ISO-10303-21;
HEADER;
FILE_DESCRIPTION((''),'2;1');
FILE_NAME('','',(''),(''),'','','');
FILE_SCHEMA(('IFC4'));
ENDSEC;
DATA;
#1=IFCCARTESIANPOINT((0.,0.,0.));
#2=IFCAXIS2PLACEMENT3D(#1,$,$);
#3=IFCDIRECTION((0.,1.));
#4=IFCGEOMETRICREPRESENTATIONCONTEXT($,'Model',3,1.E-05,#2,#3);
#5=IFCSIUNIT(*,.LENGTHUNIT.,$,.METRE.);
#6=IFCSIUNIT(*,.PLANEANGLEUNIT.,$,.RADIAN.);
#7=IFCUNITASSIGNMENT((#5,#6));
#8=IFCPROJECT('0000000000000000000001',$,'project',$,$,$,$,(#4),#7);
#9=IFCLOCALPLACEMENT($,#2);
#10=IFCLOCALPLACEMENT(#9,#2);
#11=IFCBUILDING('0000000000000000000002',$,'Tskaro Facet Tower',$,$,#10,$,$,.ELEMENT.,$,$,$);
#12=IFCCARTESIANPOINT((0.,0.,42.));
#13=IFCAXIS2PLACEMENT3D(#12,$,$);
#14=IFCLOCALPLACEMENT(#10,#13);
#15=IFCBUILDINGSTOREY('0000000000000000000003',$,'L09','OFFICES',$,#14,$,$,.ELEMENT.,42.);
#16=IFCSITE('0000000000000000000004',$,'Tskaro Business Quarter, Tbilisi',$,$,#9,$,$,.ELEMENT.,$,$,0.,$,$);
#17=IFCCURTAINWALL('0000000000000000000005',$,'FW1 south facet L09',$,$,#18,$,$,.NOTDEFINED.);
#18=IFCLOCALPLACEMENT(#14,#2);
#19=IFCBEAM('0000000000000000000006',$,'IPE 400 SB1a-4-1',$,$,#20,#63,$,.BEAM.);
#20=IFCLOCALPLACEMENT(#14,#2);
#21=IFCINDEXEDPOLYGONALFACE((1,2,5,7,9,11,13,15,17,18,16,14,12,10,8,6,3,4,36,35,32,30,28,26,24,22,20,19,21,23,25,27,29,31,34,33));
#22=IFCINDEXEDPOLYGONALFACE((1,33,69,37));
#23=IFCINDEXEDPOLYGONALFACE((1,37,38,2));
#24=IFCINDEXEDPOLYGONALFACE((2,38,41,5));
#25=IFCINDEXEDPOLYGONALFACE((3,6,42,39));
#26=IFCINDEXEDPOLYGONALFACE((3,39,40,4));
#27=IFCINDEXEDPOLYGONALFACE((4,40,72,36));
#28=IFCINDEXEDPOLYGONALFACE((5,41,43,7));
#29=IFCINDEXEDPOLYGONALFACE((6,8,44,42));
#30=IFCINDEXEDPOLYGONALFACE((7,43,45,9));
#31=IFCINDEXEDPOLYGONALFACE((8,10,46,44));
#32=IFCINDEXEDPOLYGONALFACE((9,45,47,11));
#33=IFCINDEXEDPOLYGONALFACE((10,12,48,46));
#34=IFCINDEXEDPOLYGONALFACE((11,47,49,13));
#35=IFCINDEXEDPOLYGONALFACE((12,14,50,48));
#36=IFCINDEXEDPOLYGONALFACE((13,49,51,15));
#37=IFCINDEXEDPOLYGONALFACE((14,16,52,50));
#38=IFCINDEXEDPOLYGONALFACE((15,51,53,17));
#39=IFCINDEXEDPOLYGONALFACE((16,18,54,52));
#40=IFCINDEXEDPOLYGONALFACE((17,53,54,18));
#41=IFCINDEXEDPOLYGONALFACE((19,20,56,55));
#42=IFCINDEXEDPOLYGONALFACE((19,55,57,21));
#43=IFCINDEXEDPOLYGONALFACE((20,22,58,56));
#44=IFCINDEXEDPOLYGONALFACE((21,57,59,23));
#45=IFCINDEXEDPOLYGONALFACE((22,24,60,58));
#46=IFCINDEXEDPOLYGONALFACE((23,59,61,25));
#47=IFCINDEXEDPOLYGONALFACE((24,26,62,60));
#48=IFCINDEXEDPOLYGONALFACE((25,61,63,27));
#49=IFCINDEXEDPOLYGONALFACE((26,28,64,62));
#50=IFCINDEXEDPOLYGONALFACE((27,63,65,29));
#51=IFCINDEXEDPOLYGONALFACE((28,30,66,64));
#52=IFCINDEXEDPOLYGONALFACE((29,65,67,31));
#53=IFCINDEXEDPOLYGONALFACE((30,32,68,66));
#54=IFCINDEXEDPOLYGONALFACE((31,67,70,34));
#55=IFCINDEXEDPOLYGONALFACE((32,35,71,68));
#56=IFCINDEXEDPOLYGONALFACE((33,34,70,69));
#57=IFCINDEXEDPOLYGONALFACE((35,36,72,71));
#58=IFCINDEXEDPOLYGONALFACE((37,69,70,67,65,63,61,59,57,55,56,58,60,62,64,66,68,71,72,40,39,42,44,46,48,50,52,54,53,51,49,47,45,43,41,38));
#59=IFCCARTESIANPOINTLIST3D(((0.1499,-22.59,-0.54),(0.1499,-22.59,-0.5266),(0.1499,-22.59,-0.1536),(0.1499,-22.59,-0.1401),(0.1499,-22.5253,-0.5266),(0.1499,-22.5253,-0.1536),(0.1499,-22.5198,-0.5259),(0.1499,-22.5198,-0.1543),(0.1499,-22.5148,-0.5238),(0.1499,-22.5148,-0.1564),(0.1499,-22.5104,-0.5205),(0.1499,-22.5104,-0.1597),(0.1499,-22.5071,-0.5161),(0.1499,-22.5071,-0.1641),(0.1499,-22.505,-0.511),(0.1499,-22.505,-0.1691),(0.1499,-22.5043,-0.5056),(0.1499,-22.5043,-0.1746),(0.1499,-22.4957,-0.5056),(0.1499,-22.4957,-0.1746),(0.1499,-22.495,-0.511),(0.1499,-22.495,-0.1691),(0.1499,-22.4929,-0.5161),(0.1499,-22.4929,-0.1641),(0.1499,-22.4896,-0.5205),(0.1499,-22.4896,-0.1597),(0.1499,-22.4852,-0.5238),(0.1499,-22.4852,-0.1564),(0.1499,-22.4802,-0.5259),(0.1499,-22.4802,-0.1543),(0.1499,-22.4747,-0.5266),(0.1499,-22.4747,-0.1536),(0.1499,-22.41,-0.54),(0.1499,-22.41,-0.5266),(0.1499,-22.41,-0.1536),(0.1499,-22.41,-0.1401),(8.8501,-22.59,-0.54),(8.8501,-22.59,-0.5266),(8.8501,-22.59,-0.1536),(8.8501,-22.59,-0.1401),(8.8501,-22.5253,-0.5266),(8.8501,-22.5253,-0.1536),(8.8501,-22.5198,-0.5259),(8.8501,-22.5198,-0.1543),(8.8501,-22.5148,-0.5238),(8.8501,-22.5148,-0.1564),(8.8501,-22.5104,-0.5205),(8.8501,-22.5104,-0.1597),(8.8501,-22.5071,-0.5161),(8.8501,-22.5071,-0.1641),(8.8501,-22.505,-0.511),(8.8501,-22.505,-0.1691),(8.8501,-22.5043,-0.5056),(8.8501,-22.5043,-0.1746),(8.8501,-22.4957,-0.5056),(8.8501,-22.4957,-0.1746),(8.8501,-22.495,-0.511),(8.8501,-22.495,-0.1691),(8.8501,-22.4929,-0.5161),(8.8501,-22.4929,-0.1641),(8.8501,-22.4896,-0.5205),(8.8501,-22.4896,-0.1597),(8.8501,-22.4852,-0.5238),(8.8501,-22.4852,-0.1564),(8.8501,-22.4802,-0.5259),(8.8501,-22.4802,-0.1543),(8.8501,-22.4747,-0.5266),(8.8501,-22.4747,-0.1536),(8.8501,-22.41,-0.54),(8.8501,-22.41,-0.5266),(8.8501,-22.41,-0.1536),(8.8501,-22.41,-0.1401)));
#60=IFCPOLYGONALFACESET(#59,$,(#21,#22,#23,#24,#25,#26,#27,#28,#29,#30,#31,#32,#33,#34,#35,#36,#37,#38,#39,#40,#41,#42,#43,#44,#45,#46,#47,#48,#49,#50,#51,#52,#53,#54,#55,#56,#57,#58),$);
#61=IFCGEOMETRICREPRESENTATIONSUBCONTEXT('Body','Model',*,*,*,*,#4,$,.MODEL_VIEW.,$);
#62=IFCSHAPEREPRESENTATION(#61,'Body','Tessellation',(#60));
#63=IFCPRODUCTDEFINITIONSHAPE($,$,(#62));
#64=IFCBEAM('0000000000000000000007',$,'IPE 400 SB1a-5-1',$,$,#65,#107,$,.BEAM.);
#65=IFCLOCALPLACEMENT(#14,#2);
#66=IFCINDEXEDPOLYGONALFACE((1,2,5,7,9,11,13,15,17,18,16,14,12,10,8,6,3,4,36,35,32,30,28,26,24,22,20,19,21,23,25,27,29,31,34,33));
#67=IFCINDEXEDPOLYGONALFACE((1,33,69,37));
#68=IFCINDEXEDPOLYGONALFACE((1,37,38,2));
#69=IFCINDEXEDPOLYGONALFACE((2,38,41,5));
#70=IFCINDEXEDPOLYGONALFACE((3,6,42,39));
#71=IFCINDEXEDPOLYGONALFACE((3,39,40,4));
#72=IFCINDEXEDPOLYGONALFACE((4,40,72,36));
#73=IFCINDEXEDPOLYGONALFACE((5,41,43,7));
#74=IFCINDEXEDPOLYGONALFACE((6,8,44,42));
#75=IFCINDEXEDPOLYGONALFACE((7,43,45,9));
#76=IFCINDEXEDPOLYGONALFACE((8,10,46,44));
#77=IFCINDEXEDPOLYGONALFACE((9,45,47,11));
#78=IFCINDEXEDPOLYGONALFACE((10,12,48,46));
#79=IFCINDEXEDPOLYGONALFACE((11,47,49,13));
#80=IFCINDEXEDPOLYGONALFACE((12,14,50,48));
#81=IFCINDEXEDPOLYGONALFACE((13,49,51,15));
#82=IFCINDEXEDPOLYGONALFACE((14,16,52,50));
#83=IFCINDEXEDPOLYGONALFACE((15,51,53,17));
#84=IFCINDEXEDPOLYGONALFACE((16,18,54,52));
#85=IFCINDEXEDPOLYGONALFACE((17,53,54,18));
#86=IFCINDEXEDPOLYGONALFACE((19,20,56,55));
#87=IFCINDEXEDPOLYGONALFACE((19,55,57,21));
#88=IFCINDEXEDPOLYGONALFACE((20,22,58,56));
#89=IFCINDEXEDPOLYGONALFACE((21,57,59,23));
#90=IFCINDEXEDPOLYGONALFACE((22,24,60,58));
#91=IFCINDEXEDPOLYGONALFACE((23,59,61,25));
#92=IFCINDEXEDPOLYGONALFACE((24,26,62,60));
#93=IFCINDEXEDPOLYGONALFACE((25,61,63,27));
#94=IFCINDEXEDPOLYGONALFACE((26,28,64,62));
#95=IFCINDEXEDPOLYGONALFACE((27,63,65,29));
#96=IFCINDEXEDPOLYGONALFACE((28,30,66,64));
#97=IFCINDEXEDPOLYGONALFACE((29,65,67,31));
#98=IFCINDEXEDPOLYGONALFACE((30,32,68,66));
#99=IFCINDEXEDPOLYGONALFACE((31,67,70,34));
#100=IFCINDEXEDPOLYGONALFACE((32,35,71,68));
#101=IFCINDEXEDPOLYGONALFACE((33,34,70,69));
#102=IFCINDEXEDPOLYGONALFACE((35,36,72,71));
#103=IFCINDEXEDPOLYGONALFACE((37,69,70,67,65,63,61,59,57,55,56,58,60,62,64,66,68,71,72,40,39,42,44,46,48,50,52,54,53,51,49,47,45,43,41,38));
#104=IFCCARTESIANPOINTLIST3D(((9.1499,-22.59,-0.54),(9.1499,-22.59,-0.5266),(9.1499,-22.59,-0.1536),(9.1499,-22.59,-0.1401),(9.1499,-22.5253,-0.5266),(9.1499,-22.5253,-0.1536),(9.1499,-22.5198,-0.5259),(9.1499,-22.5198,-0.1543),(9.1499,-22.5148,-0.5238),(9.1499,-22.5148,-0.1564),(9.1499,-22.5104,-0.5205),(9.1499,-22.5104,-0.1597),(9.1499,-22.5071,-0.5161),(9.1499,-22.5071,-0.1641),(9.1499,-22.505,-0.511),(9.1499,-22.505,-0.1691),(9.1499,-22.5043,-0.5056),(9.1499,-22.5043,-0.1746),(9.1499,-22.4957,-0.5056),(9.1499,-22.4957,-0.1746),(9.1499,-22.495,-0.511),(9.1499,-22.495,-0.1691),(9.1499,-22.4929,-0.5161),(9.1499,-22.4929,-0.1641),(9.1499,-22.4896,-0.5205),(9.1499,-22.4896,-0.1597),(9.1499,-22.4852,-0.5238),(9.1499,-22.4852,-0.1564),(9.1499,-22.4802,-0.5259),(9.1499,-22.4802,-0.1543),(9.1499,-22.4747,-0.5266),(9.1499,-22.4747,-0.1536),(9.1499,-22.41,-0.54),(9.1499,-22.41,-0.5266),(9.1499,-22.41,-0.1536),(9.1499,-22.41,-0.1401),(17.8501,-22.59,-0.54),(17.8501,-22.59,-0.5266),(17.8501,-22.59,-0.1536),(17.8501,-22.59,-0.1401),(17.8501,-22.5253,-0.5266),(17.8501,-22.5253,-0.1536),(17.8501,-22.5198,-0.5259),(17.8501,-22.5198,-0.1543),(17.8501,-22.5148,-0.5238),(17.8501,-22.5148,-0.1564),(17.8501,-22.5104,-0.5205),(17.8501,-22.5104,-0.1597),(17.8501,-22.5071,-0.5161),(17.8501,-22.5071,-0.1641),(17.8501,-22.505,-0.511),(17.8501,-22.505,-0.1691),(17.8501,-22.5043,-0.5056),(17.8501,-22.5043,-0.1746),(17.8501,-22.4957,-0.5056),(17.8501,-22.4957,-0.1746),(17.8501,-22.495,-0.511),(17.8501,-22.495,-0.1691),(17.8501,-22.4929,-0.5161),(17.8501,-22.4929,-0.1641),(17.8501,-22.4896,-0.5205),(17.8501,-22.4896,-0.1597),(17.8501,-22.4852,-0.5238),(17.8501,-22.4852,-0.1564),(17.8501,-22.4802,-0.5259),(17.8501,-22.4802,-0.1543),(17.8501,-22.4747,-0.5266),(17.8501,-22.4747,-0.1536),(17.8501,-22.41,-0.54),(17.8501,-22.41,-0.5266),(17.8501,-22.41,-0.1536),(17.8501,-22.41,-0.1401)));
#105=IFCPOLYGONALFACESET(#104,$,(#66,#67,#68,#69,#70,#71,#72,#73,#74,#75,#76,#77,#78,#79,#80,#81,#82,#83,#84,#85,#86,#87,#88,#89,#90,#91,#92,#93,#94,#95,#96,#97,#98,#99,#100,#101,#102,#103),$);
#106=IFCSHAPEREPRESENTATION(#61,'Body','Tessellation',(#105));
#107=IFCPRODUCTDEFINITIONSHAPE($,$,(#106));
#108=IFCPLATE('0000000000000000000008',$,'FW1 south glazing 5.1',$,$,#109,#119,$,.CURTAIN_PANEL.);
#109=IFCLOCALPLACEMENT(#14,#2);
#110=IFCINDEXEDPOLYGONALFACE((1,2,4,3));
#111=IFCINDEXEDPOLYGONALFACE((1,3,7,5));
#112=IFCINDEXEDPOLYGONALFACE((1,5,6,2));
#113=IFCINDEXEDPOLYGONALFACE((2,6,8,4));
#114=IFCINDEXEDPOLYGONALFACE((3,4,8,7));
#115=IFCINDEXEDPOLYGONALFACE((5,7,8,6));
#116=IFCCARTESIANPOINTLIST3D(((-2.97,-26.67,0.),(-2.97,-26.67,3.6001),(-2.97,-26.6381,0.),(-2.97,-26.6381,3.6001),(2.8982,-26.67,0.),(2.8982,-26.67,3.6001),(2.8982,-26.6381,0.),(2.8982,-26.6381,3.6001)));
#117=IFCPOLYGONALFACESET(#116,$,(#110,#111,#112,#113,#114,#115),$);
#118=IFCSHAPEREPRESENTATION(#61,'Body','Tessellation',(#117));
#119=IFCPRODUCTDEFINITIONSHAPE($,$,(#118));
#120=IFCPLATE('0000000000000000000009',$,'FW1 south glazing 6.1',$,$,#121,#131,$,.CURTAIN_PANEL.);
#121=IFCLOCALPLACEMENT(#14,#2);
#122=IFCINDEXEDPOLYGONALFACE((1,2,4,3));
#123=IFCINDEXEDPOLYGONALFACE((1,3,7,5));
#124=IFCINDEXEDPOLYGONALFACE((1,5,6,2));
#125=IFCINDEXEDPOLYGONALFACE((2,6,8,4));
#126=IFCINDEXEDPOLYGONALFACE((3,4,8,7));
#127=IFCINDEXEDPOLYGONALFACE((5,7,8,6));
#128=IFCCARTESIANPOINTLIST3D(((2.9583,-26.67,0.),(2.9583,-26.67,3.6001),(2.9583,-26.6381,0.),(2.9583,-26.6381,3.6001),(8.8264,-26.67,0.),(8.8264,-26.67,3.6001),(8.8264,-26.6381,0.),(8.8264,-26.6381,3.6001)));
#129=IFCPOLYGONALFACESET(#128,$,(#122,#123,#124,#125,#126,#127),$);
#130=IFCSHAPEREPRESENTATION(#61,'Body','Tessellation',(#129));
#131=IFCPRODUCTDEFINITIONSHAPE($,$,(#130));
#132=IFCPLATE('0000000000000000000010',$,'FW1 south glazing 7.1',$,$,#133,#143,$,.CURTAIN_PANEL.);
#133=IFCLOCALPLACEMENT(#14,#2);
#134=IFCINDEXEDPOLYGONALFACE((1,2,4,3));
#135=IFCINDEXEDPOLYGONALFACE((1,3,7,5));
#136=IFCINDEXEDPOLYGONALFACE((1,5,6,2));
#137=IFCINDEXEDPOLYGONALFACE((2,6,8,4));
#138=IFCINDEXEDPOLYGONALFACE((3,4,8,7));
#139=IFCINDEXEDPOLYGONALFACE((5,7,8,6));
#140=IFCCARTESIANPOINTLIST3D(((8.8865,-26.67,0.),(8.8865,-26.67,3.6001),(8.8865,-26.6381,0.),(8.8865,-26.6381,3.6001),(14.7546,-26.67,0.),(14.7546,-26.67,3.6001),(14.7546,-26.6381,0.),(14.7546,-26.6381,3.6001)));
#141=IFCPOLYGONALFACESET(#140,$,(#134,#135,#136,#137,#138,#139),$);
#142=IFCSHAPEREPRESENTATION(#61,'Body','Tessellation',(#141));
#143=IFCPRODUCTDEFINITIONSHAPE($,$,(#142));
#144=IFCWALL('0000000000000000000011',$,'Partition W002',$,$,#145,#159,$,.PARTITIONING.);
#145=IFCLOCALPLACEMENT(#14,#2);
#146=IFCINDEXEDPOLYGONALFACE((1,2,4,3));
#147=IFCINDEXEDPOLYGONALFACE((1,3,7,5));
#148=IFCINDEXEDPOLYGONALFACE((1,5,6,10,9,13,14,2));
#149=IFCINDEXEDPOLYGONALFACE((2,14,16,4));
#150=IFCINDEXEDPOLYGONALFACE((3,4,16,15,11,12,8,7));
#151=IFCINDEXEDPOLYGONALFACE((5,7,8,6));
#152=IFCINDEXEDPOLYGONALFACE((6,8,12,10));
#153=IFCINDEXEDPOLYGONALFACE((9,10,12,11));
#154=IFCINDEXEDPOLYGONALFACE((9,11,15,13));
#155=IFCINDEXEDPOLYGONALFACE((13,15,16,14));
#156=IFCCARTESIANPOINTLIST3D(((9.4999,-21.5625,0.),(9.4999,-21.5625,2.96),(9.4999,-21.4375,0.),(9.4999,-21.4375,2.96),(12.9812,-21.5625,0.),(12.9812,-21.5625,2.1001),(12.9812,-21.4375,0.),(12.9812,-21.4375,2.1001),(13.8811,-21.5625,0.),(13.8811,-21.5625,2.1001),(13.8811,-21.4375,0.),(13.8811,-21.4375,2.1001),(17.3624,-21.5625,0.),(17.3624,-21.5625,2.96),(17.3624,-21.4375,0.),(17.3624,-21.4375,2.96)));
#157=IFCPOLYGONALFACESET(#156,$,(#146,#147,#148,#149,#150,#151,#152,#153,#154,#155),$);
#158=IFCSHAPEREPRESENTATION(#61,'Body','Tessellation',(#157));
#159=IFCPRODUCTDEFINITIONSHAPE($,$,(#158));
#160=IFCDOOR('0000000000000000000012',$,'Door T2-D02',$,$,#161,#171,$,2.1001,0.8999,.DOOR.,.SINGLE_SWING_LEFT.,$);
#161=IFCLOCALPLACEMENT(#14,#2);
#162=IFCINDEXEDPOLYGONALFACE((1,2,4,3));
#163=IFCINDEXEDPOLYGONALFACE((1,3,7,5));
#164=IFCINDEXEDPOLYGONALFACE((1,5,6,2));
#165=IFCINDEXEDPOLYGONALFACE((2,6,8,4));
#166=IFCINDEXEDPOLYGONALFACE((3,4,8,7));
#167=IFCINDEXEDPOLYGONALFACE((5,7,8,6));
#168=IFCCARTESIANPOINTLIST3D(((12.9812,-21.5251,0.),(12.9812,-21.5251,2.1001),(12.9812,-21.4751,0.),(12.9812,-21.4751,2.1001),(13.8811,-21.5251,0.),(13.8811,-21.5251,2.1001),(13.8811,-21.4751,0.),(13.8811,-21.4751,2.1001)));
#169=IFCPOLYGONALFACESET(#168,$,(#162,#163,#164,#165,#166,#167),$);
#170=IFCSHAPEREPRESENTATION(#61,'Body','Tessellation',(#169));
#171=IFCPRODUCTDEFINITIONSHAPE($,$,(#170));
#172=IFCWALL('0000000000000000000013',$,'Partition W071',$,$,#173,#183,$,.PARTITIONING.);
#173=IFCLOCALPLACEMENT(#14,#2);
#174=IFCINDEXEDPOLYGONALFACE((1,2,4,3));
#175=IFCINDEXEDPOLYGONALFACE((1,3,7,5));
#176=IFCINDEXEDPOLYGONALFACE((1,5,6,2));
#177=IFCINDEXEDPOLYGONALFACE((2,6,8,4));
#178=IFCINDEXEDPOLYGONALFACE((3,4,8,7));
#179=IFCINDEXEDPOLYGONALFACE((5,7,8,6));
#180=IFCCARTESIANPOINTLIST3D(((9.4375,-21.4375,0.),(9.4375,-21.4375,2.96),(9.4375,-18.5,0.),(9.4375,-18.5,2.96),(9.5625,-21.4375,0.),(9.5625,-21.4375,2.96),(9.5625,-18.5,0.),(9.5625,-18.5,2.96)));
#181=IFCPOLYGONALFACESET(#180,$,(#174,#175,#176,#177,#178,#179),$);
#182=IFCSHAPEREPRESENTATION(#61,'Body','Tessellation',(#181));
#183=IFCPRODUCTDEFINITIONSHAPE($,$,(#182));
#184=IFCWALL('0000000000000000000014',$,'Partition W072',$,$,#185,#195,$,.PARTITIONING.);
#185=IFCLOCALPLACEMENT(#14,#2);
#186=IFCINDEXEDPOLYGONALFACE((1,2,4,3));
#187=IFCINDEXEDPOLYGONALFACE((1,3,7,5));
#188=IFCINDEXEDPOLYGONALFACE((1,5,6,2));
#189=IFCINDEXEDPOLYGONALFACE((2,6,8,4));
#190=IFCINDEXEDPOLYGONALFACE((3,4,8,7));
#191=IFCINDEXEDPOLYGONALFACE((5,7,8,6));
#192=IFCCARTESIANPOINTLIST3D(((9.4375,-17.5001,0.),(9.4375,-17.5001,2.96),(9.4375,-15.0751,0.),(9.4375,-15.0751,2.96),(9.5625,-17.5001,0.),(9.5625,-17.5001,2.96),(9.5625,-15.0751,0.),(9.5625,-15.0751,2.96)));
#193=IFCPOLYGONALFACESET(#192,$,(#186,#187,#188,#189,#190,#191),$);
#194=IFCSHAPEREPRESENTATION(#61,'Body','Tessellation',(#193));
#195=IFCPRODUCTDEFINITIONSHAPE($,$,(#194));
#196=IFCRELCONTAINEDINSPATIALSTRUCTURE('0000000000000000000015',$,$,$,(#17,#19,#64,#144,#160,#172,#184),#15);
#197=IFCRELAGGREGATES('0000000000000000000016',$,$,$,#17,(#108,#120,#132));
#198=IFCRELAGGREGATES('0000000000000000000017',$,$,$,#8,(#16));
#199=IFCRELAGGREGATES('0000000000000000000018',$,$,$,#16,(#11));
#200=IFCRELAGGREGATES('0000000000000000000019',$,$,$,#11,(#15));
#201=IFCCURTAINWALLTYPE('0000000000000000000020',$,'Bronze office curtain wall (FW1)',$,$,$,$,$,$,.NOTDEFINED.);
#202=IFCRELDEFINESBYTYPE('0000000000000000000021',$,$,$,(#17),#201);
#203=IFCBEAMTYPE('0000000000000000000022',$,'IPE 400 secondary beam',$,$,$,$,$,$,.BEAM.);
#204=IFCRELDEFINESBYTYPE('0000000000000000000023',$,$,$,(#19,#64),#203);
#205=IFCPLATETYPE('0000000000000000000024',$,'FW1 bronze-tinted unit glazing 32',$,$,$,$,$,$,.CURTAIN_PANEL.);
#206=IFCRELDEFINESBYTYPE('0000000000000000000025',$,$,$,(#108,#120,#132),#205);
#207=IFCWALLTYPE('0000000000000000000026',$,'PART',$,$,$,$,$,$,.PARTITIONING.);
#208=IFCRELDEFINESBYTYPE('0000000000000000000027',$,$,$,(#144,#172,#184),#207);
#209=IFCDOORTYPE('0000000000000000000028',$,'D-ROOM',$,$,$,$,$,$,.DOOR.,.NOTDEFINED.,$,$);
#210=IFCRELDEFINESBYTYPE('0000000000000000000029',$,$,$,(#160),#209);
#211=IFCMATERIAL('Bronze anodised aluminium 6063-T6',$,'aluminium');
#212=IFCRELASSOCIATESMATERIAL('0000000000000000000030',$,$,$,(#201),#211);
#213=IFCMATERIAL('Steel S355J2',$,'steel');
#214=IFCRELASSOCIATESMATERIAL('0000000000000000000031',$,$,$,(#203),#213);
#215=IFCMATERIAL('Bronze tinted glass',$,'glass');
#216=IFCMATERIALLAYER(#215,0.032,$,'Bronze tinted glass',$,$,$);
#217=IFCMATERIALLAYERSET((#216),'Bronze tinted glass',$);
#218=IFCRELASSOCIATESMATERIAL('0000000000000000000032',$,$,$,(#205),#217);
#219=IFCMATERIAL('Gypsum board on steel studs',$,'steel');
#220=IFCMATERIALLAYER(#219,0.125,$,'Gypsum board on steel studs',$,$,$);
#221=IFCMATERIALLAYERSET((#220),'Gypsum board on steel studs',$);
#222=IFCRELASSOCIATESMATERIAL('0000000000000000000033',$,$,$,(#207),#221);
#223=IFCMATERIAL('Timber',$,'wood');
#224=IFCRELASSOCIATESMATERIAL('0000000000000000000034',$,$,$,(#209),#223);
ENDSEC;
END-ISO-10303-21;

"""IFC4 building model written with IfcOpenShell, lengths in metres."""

from ifc_helpers import new_model, si_unit, direction, frame, frame_2d, origin, origin_2d, place, context, subcontext, project, spatial, rectangle, i_section, extrude, material, layer, layer_set, material_profile, profile_set, type_object, element, fill, aggregate, save


model = new_model("IFC4")

# Units and contexts
model_context = context("Model", 3, precision=1e-05, world=origin(), true_north=direction((0.0, 1.0)))
body_context = subcontext(model_context, "Body", "Model", "MODEL_VIEW")
ifc_project = project(units=[si_unit("LENGTHUNIT", "METRE"), si_unit("PLANEANGLEUNIT", "RADIAN")], contexts=[model_context])

# Site, building, storey
site_placement = place(None, origin())
site = spatial("IfcSite", under=ifc_project, at=site_placement, Name="Tskaro Business Quarter, Tbilisi", CompositionType="ELEMENT", RefElevation=0.0)
building_placement = place(site_placement, origin())
building = spatial("IfcBuilding", under=site, at=building_placement, Name="Tskaro Facet Tower", CompositionType="ELEMENT")
storey_placement = place(building_placement, frame((0.0, 0.0, 42.0)))
storey = spatial("IfcBuildingStorey", under=building, at=storey_placement, Name="L09", Description="OFFICES", CompositionType="ELEMENT", Elevation=42.0)

# Curtain wall
ifc_material_1 = material(Name="Bronze anodised aluminium 6063-T6", Category="aluminium")
curtain_wall_type = type_object("IfcCurtainWallType", Name="Bronze office curtain wall (FW1)", PredefinedType="NOTDEFINED", material=ifc_material_1)
curtain_wall_placement = place(storey_placement, origin())
curtain_wall = element("IfcCurtainWall", 1, at=curtain_wall_placement, inside=storey, type_object=curtain_wall_type, Name="FW1 south facet L09", PredefinedType="NOTDEFINED")

# Beams
ifc_material_2 = material(Name="Steel S355J2", Category="steel")
ifc_material_profile_1 = material_profile(ifc_material_2, i_section(OverallWidth=0.1799, OverallDepth=0.3999, WebThickness=0.0085, FlangeThickness=0.0134, FilletRadius=0.021, at=origin_2d()), Name="IPE 400")
ifc_profile_set_1 = profile_set([ifc_material_profile_1], Name="Steel S355J2")
beam_type_1 = type_object("IfcBeamType", Name="IPE 400 secondary beam", PredefinedType="BEAM", material=ifc_profile_set_1)
for number, where, z_axis, x_axis, name in (
    (2, (0.1499, -22.5, -0.3401), (1.0, 0.0, 0.0), (0.0, 1.0, 0.0), "IPE 400 SB1a-4-1"),
    (3, (9.1499, -22.5, -0.3401), (1.0, 0.0, 0.0), (0.0, 1.0, 0.0), "IPE 400 SB1a-5-1"),
):
    element("IfcBeam", number, at=place(storey_placement, frame(where, z_axis=z_axis, x_axis=x_axis)), inside=storey, type_object=beam_type_1, Name=name, PredefinedType="BEAM", context=body_context, shape_type="SweptSolid", body=[
        extrude(i_section(OverallWidth=0.1799, OverallDepth=0.3999, WebThickness=0.0085, FlangeThickness=0.0134, FilletRadius=0.021, at=origin_2d()), origin(), (0.0, 0.0, 1.0), 8.7002),
    ])

# Plates
ifc_material_3 = material(Name="Bronze tinted glass", Category="glass")
ifc_layer_1 = layer(ifc_material_3, 0.032, Name="Bronze tinted glass")
ifc_layer_set_1 = layer_set([ifc_layer_1], Name="Bronze tinted glass")
plate_type = type_object("IfcPlateType", Name="FW1 bronze-tinted unit glazing 32", PredefinedType="CURTAIN_PANEL", material=ifc_layer_set_1)
plate_1_placement = place(storey_placement, frame((-0.0359, -26.6541, 0.0), z_axis=(0.0, 0.0, 1.0), x_axis=(1.0, 0.0, 0.0)))
plate_1 = element("IfcPlate", 4, at=plate_1_placement, type_object=plate_type, Name="FW1 south glazing 5.1", PredefinedType="CURTAIN_PANEL", context=body_context, shape_type="SweptSolid", body=[
    extrude(rectangle(XDim=5.8682, YDim=0.032, at=origin_2d()), origin(), (0.0, 0.0, 1.0), 3.6001),
])
plate_2_placement = place(storey_placement, frame((5.8923, -26.6541, 0.0), z_axis=(0.0, 0.0, 1.0), x_axis=(1.0, 0.0, 0.0)))
plate_2 = element("IfcPlate", 5, at=plate_2_placement, type_object=plate_type, Name="FW1 south glazing 6.1", PredefinedType="CURTAIN_PANEL", context=body_context, shape_type="SweptSolid", body=[
    extrude(rectangle(XDim=5.8682, YDim=0.032, at=origin_2d()), origin(), (0.0, 0.0, 1.0), 3.6001),
])
plate_3_placement = place(storey_placement, frame((11.8206, -26.6541, 0.0), z_axis=(0.0, 0.0, 1.0), x_axis=(1.0, 0.0, 0.0)))
plate_3 = element("IfcPlate", 6, at=plate_3_placement, type_object=plate_type, Name="FW1 south glazing 7.1", PredefinedType="CURTAIN_PANEL", context=body_context, shape_type="SweptSolid", body=[
    extrude(rectangle(XDim=5.8682, YDim=0.032, at=origin_2d()), origin(), (0.0, 0.0, 1.0), 3.6001),
])
aggregate(curtain_wall, [plate_1, plate_2, plate_3])

# Wall, opening, door
ifc_material_4 = material(Name="Gypsum board on steel studs", Category="steel")
ifc_layer_2 = layer(ifc_material_4, 0.125, Name="Gypsum board on steel studs")
ifc_layer_set_2 = layer_set([ifc_layer_2], Name="Gypsum board on steel studs")
wall_type = type_object("IfcWallType", Name="PART", PredefinedType="PARTITIONING", material=ifc_layer_set_2)
wall_1_placement = place(storey_placement, frame((9.5, -21.5, 0.0), z_axis=(0.0, 0.0, 1.0), x_axis=(1.0, 0.0, 0.0)))
wall_1 = element("IfcWall", 7, at=wall_1_placement, inside=storey, type_object=wall_type, Name="Partition W002", PredefinedType="PARTITIONING", context=body_context, shape_type="SweptSolid", body=[
    extrude(rectangle(XDim=7.8625, YDim=0.125, at=frame_2d((3.9312, 0.0))), origin(), (0.0, 0.0, 1.0), 2.96),
])
opening_placement = place(wall_1_placement, frame((3.4812, 0.0, 0.0)))
opening = element("IfcOpeningElement", 8, at=opening_placement, cuts=wall_1, PredefinedType="OPENING", context=body_context, shape_type="SweptSolid", body=[
    extrude(rectangle(XDim=0.8999, YDim=2.1001, at=frame_2d((0.45, 1.05))), frame((0.0, 0.0725, 0.0), z_axis=(0.0, -1.0, 0.0), x_axis=(1.0, 0.0, 0.0)), (0.0, 0.0, 1.0), 0.145),
])
ifc_material_5 = material(Name="Timber", Category="wood")
door_type = type_object("IfcDoorType", Name="D-ROOM", OperationType="NOTDEFINED", PredefinedType="DOOR", material=ifc_material_5)
door_placement = place(opening_placement, origin())
door = element("IfcDoor", 9, at=door_placement, inside=storey, type_object=door_type, Name="Door T2-D02", OperationType="SINGLE_SWING_LEFT", OverallHeight=2.1001, OverallWidth=0.8999, PredefinedType="DOOR", context=body_context, shape_type="SweptSolid", body=[
    extrude(rectangle(XDim=0.8999, YDim=2.1001, at=frame_2d((0.45, 1.05))), frame((0.0, 0.0249, 0.0), z_axis=(0.0, -1.0, 0.0), x_axis=(1.0, 0.0, 0.0)), (0.0, 0.0, 1.0), 0.05),
])
fill(opening, door)

# Walls
wall_2_placement = place(storey_placement, frame((9.5, -21.4375, 0.0), z_axis=(0.0, 0.0, 1.0), x_axis=(0.0, 1.0, 0.0)))
element("IfcWall", 10, at=wall_2_placement, inside=storey, type_object=wall_type, Name="Partition W071", PredefinedType="PARTITIONING", context=body_context, shape_type="SweptSolid", body=[
    extrude(rectangle(XDim=2.9375, YDim=0.125, at=frame_2d((1.4688, 0.0))), origin(), (0.0, 0.0, 1.0), 2.96),
])
wall_3_placement = place(storey_placement, frame((9.5, -17.5, 0.0), z_axis=(0.0, 0.0, 1.0), x_axis=(0.0, 1.0, 0.0)))
element("IfcWall", 11, at=wall_3_placement, inside=storey, type_object=wall_type, Name="Partition W072", PredefinedType="PARTITIONING", context=body_context, shape_type="SweptSolid", body=[
    extrude(rectangle(XDim=2.425, YDim=0.125, at=frame_2d((1.2124, 0.0))), origin(), (0.0, 0.0, 1.0), 2.96),
])

save(model, "model.ifc")
